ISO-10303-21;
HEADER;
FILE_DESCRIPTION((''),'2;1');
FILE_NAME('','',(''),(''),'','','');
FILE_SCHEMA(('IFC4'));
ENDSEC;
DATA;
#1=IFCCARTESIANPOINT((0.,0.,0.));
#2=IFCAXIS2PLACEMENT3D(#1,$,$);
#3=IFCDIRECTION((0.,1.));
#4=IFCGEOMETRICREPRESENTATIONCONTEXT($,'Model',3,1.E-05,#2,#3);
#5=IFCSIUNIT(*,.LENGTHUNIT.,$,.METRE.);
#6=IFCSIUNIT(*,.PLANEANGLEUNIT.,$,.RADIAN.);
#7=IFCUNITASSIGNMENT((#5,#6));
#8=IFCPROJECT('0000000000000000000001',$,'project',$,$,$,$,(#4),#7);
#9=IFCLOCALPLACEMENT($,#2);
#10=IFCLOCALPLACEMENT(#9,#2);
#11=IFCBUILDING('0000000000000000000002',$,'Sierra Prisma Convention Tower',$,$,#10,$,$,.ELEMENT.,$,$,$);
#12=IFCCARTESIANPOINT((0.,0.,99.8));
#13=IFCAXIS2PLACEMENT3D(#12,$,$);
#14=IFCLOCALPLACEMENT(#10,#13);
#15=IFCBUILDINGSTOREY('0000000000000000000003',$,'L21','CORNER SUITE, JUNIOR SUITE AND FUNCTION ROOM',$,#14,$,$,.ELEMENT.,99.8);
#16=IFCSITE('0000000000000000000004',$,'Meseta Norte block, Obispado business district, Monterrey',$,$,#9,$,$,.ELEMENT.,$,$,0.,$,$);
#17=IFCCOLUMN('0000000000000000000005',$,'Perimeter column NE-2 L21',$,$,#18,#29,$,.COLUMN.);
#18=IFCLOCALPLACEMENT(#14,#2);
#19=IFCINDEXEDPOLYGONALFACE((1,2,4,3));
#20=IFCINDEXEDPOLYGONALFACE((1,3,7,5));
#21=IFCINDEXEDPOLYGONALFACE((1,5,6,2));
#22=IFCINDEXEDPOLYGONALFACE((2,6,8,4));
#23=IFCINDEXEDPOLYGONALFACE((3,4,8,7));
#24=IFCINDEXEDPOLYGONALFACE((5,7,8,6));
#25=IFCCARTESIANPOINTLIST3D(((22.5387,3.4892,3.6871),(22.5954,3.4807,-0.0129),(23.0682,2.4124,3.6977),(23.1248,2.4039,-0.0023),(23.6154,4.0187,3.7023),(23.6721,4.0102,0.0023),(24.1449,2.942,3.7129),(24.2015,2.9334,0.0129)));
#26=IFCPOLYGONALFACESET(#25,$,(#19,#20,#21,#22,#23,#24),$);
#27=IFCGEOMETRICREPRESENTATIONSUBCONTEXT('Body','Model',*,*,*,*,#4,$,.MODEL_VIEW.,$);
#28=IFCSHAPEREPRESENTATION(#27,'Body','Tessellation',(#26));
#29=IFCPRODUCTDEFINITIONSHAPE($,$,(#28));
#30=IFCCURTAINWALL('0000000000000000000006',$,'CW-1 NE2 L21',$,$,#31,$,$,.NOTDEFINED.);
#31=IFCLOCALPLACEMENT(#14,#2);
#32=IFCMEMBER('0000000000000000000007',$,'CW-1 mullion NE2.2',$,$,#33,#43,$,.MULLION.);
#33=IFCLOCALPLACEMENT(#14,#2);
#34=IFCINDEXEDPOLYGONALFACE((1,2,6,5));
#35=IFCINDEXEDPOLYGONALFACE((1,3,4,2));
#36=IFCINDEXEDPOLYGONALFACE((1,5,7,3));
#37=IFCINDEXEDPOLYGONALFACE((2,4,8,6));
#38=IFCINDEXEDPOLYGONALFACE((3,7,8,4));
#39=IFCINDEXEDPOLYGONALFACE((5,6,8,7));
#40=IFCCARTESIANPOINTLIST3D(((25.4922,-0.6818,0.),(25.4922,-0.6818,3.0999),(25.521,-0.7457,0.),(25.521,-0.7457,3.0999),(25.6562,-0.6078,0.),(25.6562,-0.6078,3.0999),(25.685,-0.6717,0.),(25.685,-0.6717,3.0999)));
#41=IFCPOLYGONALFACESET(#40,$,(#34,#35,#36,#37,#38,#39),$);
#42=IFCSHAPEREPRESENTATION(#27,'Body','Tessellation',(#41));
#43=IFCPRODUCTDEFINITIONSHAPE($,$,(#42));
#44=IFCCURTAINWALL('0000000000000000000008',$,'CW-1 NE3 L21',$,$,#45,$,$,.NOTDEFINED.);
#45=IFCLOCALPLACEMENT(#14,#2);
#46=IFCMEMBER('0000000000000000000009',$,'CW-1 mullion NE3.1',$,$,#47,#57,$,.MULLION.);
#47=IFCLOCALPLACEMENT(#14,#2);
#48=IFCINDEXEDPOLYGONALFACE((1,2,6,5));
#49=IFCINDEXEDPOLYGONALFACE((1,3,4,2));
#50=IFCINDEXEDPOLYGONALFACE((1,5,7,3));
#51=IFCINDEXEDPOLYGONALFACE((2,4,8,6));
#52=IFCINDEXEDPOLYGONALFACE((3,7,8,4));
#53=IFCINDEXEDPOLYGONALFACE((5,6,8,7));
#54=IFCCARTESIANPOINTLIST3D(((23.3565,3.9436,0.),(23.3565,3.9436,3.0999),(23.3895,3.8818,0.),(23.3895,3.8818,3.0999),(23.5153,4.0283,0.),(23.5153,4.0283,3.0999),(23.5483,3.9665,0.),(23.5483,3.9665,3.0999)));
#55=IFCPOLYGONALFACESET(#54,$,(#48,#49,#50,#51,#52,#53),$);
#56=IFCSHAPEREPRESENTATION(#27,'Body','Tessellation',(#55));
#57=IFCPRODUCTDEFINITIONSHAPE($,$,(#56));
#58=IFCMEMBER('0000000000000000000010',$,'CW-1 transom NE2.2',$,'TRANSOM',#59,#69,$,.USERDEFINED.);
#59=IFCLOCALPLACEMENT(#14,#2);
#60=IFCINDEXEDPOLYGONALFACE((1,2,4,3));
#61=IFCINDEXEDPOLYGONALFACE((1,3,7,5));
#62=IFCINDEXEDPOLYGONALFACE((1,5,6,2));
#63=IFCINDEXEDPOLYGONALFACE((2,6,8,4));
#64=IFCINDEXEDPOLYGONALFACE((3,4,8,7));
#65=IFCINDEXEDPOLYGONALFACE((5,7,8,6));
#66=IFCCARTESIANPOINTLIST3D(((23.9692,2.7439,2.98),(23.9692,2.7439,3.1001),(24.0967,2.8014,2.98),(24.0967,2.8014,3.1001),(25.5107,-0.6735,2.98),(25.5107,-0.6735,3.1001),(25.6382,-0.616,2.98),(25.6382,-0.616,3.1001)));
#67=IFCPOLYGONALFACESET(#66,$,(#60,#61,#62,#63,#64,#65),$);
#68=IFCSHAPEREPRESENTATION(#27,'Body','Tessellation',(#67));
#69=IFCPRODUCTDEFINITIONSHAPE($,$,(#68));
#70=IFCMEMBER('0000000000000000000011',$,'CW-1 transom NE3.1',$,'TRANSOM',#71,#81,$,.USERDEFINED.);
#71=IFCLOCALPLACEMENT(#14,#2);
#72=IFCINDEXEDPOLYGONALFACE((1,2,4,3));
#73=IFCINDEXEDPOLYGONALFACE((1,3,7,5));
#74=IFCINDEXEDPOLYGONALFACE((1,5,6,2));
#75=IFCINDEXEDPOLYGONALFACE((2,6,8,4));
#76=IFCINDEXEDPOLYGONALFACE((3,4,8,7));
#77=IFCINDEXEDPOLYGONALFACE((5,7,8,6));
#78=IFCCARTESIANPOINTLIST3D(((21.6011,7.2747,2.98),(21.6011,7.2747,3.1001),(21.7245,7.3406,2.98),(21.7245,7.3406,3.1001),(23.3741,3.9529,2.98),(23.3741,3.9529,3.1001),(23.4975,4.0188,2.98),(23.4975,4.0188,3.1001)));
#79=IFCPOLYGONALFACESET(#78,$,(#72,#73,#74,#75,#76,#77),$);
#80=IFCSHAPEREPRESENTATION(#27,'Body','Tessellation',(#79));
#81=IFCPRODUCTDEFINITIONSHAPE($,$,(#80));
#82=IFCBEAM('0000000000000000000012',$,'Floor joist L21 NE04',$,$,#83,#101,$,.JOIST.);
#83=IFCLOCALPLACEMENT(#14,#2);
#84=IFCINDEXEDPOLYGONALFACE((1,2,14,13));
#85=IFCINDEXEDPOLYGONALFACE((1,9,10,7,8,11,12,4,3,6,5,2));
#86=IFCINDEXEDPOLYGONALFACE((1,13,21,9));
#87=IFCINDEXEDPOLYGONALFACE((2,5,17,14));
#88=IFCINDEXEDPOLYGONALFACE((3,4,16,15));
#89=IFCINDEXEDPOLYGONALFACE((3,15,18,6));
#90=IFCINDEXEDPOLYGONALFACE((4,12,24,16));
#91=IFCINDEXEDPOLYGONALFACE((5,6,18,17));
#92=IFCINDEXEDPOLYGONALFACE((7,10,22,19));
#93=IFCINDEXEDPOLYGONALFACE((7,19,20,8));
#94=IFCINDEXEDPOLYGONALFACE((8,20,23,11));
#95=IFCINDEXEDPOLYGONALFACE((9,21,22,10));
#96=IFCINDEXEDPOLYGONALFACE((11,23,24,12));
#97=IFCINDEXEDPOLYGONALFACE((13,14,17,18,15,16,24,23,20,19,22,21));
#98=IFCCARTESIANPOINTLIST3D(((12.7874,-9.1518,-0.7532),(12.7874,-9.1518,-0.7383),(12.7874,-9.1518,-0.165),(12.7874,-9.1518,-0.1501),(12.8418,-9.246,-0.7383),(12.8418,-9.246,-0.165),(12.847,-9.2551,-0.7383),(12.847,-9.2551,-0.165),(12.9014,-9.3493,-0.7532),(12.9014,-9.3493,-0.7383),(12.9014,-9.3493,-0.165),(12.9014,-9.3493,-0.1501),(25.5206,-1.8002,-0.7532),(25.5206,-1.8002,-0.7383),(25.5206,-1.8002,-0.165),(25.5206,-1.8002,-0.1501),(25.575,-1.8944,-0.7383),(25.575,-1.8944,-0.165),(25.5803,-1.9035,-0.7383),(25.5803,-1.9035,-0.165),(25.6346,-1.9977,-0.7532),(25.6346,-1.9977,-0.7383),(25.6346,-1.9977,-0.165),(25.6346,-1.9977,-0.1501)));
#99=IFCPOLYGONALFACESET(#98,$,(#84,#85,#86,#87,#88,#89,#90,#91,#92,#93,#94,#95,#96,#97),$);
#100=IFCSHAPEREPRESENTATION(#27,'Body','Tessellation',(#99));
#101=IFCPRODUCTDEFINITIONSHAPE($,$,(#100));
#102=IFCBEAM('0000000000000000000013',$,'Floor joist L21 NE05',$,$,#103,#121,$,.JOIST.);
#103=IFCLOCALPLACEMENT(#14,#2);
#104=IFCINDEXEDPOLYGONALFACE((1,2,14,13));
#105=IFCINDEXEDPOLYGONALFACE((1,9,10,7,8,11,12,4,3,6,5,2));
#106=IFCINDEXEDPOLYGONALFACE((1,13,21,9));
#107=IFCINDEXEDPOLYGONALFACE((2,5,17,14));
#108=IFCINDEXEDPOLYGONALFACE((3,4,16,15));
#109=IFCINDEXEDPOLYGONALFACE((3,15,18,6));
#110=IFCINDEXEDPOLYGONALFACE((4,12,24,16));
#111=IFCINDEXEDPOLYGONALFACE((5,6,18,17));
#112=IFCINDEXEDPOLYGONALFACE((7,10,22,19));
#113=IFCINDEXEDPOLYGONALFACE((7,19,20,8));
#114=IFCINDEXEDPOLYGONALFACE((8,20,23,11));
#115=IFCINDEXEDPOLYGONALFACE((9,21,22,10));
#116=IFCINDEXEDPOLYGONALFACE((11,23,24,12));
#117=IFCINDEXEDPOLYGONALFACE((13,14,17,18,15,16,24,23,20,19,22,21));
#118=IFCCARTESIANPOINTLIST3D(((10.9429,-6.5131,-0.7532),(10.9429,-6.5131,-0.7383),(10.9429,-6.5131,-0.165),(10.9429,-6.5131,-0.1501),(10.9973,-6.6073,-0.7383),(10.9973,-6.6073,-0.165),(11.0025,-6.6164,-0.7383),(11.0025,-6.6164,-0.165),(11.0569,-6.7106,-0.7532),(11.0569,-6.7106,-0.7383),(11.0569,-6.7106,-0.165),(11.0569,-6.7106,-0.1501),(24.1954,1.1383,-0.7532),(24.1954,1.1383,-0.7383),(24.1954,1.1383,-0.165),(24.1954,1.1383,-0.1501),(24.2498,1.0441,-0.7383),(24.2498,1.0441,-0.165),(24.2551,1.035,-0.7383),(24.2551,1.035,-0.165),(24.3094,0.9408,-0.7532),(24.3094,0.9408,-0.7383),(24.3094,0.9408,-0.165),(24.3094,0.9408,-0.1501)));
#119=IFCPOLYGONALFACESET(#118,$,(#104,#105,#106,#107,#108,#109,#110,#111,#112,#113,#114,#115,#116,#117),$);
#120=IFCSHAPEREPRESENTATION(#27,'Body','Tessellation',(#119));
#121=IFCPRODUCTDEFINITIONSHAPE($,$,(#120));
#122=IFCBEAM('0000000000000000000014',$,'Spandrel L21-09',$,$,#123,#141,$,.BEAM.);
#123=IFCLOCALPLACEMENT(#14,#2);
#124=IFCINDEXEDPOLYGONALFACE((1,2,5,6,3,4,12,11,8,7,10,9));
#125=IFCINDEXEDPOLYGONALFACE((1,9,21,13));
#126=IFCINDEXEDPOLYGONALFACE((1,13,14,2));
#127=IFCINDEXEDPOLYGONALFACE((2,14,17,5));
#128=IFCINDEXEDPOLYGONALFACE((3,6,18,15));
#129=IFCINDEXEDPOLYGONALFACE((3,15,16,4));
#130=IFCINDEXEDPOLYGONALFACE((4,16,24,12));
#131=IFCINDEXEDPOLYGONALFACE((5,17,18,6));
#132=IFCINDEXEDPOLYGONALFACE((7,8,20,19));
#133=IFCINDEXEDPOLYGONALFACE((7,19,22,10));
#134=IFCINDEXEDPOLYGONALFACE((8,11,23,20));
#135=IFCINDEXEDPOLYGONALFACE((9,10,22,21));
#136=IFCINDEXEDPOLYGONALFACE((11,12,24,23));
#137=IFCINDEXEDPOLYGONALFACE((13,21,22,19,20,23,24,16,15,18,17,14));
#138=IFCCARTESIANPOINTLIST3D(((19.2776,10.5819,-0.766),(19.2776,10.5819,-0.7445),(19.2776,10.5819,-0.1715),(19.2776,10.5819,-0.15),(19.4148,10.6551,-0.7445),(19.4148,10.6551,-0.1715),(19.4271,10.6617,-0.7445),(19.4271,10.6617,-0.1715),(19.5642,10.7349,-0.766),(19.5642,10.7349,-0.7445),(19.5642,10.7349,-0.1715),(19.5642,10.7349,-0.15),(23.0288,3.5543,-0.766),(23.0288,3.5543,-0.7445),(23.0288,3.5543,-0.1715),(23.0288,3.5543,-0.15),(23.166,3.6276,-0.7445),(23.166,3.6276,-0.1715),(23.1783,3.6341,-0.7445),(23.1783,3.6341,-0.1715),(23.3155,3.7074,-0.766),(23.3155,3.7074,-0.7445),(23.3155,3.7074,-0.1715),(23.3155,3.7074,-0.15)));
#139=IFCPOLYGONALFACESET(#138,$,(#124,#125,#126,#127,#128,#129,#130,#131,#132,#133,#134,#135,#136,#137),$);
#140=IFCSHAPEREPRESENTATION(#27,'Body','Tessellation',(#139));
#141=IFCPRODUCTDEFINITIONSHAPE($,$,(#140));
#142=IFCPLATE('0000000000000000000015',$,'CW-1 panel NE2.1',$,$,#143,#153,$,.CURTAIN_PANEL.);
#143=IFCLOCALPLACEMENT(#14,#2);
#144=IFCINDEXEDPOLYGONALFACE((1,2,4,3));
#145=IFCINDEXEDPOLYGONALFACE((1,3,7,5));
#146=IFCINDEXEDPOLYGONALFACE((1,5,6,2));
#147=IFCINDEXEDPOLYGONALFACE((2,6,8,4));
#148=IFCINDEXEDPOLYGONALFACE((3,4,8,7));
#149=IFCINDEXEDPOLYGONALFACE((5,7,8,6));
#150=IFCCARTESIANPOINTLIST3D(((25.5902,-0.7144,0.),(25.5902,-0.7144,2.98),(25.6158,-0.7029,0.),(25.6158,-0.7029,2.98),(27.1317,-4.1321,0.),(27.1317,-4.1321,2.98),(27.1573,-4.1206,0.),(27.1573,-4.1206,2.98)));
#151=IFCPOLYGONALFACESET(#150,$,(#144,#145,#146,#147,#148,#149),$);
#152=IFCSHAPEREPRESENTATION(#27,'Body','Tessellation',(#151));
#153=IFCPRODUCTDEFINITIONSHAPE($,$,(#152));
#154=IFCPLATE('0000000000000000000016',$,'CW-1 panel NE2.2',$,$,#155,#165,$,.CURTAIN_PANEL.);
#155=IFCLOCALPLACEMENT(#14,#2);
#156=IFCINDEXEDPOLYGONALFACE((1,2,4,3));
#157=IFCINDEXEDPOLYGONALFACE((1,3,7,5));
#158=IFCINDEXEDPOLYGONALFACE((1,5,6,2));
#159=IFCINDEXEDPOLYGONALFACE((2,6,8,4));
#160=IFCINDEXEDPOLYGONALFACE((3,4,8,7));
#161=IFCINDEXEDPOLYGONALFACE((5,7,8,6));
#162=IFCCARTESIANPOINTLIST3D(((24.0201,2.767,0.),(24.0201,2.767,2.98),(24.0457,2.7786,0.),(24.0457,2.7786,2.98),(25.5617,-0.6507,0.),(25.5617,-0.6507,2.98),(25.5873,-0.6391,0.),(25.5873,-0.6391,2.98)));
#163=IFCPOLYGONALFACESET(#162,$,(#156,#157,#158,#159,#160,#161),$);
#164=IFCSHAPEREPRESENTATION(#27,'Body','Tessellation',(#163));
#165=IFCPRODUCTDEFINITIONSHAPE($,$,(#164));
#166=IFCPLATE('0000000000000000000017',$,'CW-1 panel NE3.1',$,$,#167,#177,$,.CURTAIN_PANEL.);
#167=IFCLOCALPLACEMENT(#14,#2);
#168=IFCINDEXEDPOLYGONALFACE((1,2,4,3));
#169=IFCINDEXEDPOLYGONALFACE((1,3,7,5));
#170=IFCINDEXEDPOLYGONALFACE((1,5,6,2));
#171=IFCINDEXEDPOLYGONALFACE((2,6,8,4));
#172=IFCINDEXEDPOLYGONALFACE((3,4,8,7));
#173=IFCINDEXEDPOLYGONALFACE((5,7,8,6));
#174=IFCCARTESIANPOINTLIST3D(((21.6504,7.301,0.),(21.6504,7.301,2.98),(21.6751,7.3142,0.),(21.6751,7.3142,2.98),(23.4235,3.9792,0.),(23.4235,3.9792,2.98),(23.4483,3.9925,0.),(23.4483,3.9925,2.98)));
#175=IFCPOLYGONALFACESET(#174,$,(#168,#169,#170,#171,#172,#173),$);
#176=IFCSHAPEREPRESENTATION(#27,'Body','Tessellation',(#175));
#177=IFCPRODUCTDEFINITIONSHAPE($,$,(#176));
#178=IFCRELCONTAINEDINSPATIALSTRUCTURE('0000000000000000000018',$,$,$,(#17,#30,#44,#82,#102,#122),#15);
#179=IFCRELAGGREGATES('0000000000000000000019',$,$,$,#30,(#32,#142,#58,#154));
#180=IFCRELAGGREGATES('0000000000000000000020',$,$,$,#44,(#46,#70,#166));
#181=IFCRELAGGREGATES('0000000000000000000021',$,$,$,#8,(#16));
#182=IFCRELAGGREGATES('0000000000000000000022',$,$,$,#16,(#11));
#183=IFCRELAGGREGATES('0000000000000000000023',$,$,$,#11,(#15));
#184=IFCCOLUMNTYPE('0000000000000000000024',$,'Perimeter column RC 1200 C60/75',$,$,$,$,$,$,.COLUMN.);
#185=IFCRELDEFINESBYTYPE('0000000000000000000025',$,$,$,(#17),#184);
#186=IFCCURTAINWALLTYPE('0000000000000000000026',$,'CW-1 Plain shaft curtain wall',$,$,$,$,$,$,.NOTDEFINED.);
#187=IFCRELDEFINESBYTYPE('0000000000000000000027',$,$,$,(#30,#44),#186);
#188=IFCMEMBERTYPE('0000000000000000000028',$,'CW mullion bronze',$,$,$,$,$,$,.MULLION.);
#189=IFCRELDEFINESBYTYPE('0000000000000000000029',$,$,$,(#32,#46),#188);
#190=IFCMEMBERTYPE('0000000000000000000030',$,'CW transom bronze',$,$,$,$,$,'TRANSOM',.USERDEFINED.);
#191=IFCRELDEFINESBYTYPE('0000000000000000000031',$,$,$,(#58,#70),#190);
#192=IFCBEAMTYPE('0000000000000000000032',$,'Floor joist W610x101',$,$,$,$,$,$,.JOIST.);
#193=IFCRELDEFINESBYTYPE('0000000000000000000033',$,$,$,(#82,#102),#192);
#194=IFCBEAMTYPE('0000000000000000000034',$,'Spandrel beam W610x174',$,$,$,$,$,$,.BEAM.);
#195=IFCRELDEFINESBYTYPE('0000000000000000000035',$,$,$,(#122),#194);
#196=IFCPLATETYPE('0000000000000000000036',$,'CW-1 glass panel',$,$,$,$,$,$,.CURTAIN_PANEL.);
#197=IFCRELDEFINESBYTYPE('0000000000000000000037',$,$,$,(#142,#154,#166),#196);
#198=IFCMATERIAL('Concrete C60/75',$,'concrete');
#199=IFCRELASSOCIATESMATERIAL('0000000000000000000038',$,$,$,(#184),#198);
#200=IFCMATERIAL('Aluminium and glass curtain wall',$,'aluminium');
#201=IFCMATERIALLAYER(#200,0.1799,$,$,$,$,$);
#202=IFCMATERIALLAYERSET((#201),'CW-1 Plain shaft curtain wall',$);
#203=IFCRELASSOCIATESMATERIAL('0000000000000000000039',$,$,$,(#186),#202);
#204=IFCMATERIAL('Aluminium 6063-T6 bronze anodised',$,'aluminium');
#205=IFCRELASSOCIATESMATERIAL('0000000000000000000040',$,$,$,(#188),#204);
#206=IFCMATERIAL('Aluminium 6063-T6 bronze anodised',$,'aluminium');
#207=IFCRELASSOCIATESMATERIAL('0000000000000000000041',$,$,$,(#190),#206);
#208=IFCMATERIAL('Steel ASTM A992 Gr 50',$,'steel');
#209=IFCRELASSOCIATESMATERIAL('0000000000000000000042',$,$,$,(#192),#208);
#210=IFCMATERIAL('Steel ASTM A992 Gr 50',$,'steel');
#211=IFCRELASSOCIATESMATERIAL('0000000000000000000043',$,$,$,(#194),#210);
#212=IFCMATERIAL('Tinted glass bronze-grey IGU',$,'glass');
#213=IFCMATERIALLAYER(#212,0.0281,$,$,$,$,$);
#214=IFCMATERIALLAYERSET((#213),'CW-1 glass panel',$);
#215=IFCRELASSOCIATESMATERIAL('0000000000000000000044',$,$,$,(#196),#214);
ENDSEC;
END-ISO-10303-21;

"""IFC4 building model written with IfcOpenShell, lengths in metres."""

from ifc_helpers import new_model, si_unit, direction, frame, origin, origin_2d, place, context, subcontext, project, spatial, rectangle, i_section, extrude, material, layer, layer_set, material_profile, profile_set, type_object, element, aggregate, save


model = new_model("IFC4")

# Units and contexts
model_context = context("Model", 3, precision=1e-05, world=origin(), true_north=direction((0.0, 1.0)))
body_context = subcontext(model_context, "Body", "Model", "MODEL_VIEW")
ifc_project = project(units=[si_unit("LENGTHUNIT", "METRE"), si_unit("PLANEANGLEUNIT", "RADIAN")], contexts=[model_context])

# Site, building, storey
site_placement = place(None, origin())
site = spatial("IfcSite", under=ifc_project, at=site_placement, Name="Meseta Norte block, Obispado business district, Monterrey", CompositionType="ELEMENT", RefElevation=0.0)
building_placement = place(site_placement, origin())
building = spatial("IfcBuilding", under=site, at=building_placement, Name="Sierra Prisma Convention Tower", CompositionType="ELEMENT")
storey_placement = place(building_placement, frame((0.0, 0.0, 99.8)))
storey = spatial("IfcBuildingStorey", under=building, at=storey_placement, Name="L21", Description="CORNER SUITE, JUNIOR SUITE AND FUNCTION ROOM", CompositionType="ELEMENT", Elevation=99.8)

# Column
ifc_material_1 = material(Name="Concrete C60/75", Category="concrete")
ifc_material_profile_1 = material_profile(ifc_material_1, rectangle(XDim=1.2, YDim=1.2, at=origin_2d()), Name="Perimeter column RC 1200 C60/75")
ifc_profile_set_1 = profile_set([ifc_material_profile_1], Name="Concrete C60/75")
column_type = type_object("IfcColumnType", Name="Perimeter column RC 1200 C60/75", PredefinedType="COLUMN", material=ifc_profile_set_1)
column_placement = place(storey_placement, frame((23.3984, 3.207, 0.0), z_axis=(-0.015307, 0.002309, 0.99988), x_axis=(-0.441219, 0.897356, -0.008827)))
element("IfcColumn", 1, at=column_placement, inside=storey, type_object=column_type, Name="Perimeter column NE-2 L21", PredefinedType="COLUMN", context=body_context, shape_type="SweptSolid", body=[
    extrude(rectangle(XDim=1.2, YDim=1.2, at=origin_2d()), origin(), (0.0, 0.0, 1.0), 3.7004),
])

# Curtain walls, members
ifc_material_2 = material(Name="Aluminium and glass curtain wall", Category="aluminium")
ifc_layer_1 = layer(ifc_material_2, 0.1799)
ifc_layer_set_1 = layer_set([ifc_layer_1], Name="CW-1 Plain shaft curtain wall")
curtain_wall_type = type_object("IfcCurtainWallType", Name="CW-1 Plain shaft curtain wall", PredefinedType="NOTDEFINED", material=ifc_layer_set_1)
curtain_wall_1_placement = place(storey_placement, origin())
curtain_wall_1 = element("IfcCurtainWall", 2, at=curtain_wall_1_placement, inside=storey, type_object=curtain_wall_type, Name="CW-1 NE2 L21", PredefinedType="NOTDEFINED")
ifc_material_3 = material(Name="Aluminium 6063-T6 bronze anodised", Category="aluminium")
ifc_material_profile_2 = material_profile(ifc_material_3, rectangle(XDim=0.1799, YDim=0.0701, at=origin_2d()), Name="ALU MULLION 70x180")
ifc_profile_set_2 = profile_set([ifc_material_profile_2], Name="Aluminium 6063-T6 bronze anodised")
member_type_1 = type_object("IfcMemberType", Name="CW mullion bronze", PredefinedType="MULLION", material=ifc_profile_set_2)
member_1_placement = place(storey_placement, frame((25.5886, -0.6768, 0.0), z_axis=(0.0, 0.0, 1.0), x_axis=(-0.911565, -0.411156, 0.0)))
member_1 = element("IfcMember", 3, at=member_1_placement, type_object=member_type_1, Name="CW-1 mullion NE2.2", PredefinedType="MULLION", context=body_context, shape_type="SweptSolid", body=[
    extrude(rectangle(XDim=0.1799, YDim=0.0701, at=origin_2d()), origin(), (0.0, 0.0, 1.0), 3.0999),
])
curtain_wall_2_placement = place(storey_placement, origin())
curtain_wall_2 = element("IfcCurtainWall", 4, at=curtain_wall_2_placement, inside=storey, type_object=curtain_wall_type, Name="CW-1 NE3 L21", PredefinedType="NOTDEFINED")
member_2_placement = place(storey_placement, frame((23.4524, 3.9551, 0.0), z_axis=(0.0, 0.0, 1.0), x_axis=(-0.882189, -0.470896, 0.0)))
member_2 = element("IfcMember", 5, at=member_2_placement, type_object=member_type_1, Name="CW-1 mullion NE3.1", PredefinedType="MULLION", context=body_context, shape_type="SweptSolid", body=[
    extrude(rectangle(XDim=0.1799, YDim=0.0701, at=origin_2d()), origin(), (0.0, 0.0, 1.0), 3.0999),
])

# Members
ifc_material_4 = material(Name="Aluminium 6063-T6 bronze anodised", Category="aluminium")
ifc_material_profile_3 = material_profile(ifc_material_4, rectangle(XDim=0.1399, YDim=0.1201, at=origin_2d()), Name="ALU TRANSOM 120x140")
ifc_profile_set_3 = profile_set([ifc_material_profile_3], Name="Aluminium 6063-T6 bronze anodised")
member_type_2 = type_object("IfcMemberType", Name="CW transom bronze", ElementType="TRANSOM", PredefinedType="USERDEFINED", material=ifc_profile_set_3)
member_3_placement = place(storey_placement, frame((25.5745, -0.6448, 3.04), z_axis=(-0.411171, 0.911558, 0.0), x_axis=(-0.911558, -0.411171, 0.0)))
member_3 = element("IfcMember", 6, at=member_3_placement, type_object=member_type_2, Name="CW-1 transom NE2.2", ObjectType="TRANSOM", PredefinedType="USERDEFINED", context=body_context, shape_type="SweptSolid", body=[
    extrude(rectangle(XDim=0.1399, YDim=0.1201, at=origin_2d()), origin(), (0.0, 0.0, 1.0), 3.749),
])
member_4_placement = place(storey_placement, frame((23.4358, 3.9858, 3.04), z_axis=(-0.470864, 0.882206, 0.0), x_axis=(-0.882206, -0.470864, 0.0)))
member_4 = element("IfcMember", 7, at=member_4_placement, type_object=member_type_2, Name="CW-1 transom NE3.1", ObjectType="TRANSOM", PredefinedType="USERDEFINED", context=body_context, shape_type="SweptSolid", body=[
    extrude(rectangle(XDim=0.1399, YDim=0.1201, at=origin_2d()), origin(), (0.0, 0.0, 1.0), 3.7654),
])

# Beams
ifc_material_5 = material(Name="Steel ASTM A992 Gr 50", Category="steel")
ifc_material_profile_4 = material_profile(ifc_material_5, i_section(OverallWidth=0.228, OverallDepth=0.603, WebThickness=0.0105, FlangeThickness=0.0149, at=origin_2d()), Name="W610x101")
ifc_profile_set_4 = profile_set([ifc_material_profile_4], Name="Steel ASTM A992 Gr 50")
beam_type_1 = type_object("IfcBeamType", Name="Floor joist W610x101", PredefinedType="JOIST", material=ifc_profile_set_4)
beam_1_placement = place(storey_placement, frame((25.5776, -1.8989, -0.4517), z_axis=(-0.866023, -0.500004, 0.0), x_axis=(0.500004, -0.866023, 0.0)))
element("IfcBeam", 8, at=beam_1_placement, inside=storey, type_object=beam_type_1, Name="Floor joist L21 NE04", PredefinedType="JOIST", context=body_context, shape_type="SweptSolid", body=[
    extrude(i_section(OverallWidth=0.228, OverallDepth=0.603, WebThickness=0.0105, FlangeThickness=0.0149, at=origin_2d()), origin(), (0.0, 0.0, 1.0), 14.7031),
])
beam_2_placement = place(storey_placement, frame((24.2524, 1.0396, -0.4517), z_axis=(-0.866024, -0.500003, 0.0), x_axis=(0.500003, -0.866024, 0.0)))
element("IfcBeam", 9, at=beam_2_placement, inside=storey, type_object=beam_type_1, Name="Floor joist L21 NE05", PredefinedType="JOIST", context=body_context, shape_type="SweptSolid", body=[
    extrude(i_section(OverallWidth=0.228, OverallDepth=0.603, WebThickness=0.0105, FlangeThickness=0.0149, at=origin_2d()), origin(), (0.0, 0.0, 1.0), 15.3027),
])
ifc_material_6 = material(Name="Steel ASTM A992 Gr 50", Category="steel")
ifc_material_profile_5 = material_profile(ifc_material_6, i_section(OverallWidth=0.325, OverallDepth=0.616, WebThickness=0.0139, FlangeThickness=0.0215, at=origin_2d()), Name="W610x174")
ifc_profile_set_5 = profile_set([ifc_material_profile_5], Name="Steel ASTM A992 Gr 50")
beam_type_2 = type_object("IfcBeamType", Name="Spandrel beam W610x174", PredefinedType="BEAM", material=ifc_profile_set_5)
beam_3_placement = place(storey_placement, frame((23.1721, 3.6309, -0.458), z_axis=(-0.470898, 0.882187, 0.0), x_axis=(-0.882187, -0.470898, 0.0)))
element("IfcBeam", 10, at=beam_3_placement, inside=storey, type_object=beam_type_2, Name="Spandrel L21-09", PredefinedType="BEAM", context=body_context, shape_type="SweptSolid", body=[
    extrude(i_section(OverallWidth=0.325, OverallDepth=0.616, WebThickness=0.0139, FlangeThickness=0.0215, at=origin_2d()), origin(), (0.0, 0.0, 1.0), 7.9661),
])

# Plates
ifc_material_7 = material(Name="Tinted glass bronze-grey IGU", Category="glass")
ifc_layer_2 = layer(ifc_material_7, 0.0281)
ifc_layer_set_2 = layer_set([ifc_layer_2], Name="CW-1 glass panel")
plate_type = type_object("IfcPlateType", Name="CW-1 glass panel", PredefinedType="CURTAIN_PANEL", material=ifc_layer_set_2)
plate_1_placement = place(storey_placement, frame((26.3738, -2.4175, 0.0), z_axis=(0.0, 0.0, 1.0), x_axis=(-0.411156, 0.911565, 0.0)))
plate_1 = element("IfcPlate", 11, at=plate_1_placement, type_object=plate_type, Name="CW-1 panel NE2.1", PredefinedType="CURTAIN_PANEL", context=body_context, shape_type="SweptSolid", body=[
    extrude(rectangle(XDim=3.7493, YDim=0.0281, at=origin_2d()), origin(), (0.0, 0.0, 1.0), 2.98),
])
plate_2_placement = place(storey_placement, frame((24.8037, 1.064, 0.0), z_axis=(0.0, 0.0, 1.0), x_axis=(-0.411156, 0.911565, 0.0)))
plate_2 = element("IfcPlate", 12, at=plate_2_placement, type_object=plate_type, Name="CW-1 panel NE2.2", PredefinedType="CURTAIN_PANEL", context=body_context, shape_type="SweptSolid", body=[
    extrude(rectangle(XDim=3.7493, YDim=0.0281, at=origin_2d()), origin(), (0.0, 0.0, 1.0), 2.98),
])
aggregate(curtain_wall_1, [member_1, plate_1, member_3, plate_2])
plate_3_placement = place(storey_placement, frame((22.5493, 5.6467, 0.0), z_axis=(0.0, 0.0, 1.0), x_axis=(-0.470896, 0.882189, 0.0)))
plate_3 = element("IfcPlate", 13, at=plate_3_placement, type_object=plate_type, Name="CW-1 panel NE3.1", PredefinedType="CURTAIN_PANEL", context=body_context, shape_type="SweptSolid", body=[
    extrude(rectangle(XDim=3.7654, YDim=0.0281, at=origin_2d()), origin(), (0.0, 0.0, 1.0), 2.98),
])
aggregate(curtain_wall_2, [member_2, member_4, plate_3])

save(model, "model.ifc")
